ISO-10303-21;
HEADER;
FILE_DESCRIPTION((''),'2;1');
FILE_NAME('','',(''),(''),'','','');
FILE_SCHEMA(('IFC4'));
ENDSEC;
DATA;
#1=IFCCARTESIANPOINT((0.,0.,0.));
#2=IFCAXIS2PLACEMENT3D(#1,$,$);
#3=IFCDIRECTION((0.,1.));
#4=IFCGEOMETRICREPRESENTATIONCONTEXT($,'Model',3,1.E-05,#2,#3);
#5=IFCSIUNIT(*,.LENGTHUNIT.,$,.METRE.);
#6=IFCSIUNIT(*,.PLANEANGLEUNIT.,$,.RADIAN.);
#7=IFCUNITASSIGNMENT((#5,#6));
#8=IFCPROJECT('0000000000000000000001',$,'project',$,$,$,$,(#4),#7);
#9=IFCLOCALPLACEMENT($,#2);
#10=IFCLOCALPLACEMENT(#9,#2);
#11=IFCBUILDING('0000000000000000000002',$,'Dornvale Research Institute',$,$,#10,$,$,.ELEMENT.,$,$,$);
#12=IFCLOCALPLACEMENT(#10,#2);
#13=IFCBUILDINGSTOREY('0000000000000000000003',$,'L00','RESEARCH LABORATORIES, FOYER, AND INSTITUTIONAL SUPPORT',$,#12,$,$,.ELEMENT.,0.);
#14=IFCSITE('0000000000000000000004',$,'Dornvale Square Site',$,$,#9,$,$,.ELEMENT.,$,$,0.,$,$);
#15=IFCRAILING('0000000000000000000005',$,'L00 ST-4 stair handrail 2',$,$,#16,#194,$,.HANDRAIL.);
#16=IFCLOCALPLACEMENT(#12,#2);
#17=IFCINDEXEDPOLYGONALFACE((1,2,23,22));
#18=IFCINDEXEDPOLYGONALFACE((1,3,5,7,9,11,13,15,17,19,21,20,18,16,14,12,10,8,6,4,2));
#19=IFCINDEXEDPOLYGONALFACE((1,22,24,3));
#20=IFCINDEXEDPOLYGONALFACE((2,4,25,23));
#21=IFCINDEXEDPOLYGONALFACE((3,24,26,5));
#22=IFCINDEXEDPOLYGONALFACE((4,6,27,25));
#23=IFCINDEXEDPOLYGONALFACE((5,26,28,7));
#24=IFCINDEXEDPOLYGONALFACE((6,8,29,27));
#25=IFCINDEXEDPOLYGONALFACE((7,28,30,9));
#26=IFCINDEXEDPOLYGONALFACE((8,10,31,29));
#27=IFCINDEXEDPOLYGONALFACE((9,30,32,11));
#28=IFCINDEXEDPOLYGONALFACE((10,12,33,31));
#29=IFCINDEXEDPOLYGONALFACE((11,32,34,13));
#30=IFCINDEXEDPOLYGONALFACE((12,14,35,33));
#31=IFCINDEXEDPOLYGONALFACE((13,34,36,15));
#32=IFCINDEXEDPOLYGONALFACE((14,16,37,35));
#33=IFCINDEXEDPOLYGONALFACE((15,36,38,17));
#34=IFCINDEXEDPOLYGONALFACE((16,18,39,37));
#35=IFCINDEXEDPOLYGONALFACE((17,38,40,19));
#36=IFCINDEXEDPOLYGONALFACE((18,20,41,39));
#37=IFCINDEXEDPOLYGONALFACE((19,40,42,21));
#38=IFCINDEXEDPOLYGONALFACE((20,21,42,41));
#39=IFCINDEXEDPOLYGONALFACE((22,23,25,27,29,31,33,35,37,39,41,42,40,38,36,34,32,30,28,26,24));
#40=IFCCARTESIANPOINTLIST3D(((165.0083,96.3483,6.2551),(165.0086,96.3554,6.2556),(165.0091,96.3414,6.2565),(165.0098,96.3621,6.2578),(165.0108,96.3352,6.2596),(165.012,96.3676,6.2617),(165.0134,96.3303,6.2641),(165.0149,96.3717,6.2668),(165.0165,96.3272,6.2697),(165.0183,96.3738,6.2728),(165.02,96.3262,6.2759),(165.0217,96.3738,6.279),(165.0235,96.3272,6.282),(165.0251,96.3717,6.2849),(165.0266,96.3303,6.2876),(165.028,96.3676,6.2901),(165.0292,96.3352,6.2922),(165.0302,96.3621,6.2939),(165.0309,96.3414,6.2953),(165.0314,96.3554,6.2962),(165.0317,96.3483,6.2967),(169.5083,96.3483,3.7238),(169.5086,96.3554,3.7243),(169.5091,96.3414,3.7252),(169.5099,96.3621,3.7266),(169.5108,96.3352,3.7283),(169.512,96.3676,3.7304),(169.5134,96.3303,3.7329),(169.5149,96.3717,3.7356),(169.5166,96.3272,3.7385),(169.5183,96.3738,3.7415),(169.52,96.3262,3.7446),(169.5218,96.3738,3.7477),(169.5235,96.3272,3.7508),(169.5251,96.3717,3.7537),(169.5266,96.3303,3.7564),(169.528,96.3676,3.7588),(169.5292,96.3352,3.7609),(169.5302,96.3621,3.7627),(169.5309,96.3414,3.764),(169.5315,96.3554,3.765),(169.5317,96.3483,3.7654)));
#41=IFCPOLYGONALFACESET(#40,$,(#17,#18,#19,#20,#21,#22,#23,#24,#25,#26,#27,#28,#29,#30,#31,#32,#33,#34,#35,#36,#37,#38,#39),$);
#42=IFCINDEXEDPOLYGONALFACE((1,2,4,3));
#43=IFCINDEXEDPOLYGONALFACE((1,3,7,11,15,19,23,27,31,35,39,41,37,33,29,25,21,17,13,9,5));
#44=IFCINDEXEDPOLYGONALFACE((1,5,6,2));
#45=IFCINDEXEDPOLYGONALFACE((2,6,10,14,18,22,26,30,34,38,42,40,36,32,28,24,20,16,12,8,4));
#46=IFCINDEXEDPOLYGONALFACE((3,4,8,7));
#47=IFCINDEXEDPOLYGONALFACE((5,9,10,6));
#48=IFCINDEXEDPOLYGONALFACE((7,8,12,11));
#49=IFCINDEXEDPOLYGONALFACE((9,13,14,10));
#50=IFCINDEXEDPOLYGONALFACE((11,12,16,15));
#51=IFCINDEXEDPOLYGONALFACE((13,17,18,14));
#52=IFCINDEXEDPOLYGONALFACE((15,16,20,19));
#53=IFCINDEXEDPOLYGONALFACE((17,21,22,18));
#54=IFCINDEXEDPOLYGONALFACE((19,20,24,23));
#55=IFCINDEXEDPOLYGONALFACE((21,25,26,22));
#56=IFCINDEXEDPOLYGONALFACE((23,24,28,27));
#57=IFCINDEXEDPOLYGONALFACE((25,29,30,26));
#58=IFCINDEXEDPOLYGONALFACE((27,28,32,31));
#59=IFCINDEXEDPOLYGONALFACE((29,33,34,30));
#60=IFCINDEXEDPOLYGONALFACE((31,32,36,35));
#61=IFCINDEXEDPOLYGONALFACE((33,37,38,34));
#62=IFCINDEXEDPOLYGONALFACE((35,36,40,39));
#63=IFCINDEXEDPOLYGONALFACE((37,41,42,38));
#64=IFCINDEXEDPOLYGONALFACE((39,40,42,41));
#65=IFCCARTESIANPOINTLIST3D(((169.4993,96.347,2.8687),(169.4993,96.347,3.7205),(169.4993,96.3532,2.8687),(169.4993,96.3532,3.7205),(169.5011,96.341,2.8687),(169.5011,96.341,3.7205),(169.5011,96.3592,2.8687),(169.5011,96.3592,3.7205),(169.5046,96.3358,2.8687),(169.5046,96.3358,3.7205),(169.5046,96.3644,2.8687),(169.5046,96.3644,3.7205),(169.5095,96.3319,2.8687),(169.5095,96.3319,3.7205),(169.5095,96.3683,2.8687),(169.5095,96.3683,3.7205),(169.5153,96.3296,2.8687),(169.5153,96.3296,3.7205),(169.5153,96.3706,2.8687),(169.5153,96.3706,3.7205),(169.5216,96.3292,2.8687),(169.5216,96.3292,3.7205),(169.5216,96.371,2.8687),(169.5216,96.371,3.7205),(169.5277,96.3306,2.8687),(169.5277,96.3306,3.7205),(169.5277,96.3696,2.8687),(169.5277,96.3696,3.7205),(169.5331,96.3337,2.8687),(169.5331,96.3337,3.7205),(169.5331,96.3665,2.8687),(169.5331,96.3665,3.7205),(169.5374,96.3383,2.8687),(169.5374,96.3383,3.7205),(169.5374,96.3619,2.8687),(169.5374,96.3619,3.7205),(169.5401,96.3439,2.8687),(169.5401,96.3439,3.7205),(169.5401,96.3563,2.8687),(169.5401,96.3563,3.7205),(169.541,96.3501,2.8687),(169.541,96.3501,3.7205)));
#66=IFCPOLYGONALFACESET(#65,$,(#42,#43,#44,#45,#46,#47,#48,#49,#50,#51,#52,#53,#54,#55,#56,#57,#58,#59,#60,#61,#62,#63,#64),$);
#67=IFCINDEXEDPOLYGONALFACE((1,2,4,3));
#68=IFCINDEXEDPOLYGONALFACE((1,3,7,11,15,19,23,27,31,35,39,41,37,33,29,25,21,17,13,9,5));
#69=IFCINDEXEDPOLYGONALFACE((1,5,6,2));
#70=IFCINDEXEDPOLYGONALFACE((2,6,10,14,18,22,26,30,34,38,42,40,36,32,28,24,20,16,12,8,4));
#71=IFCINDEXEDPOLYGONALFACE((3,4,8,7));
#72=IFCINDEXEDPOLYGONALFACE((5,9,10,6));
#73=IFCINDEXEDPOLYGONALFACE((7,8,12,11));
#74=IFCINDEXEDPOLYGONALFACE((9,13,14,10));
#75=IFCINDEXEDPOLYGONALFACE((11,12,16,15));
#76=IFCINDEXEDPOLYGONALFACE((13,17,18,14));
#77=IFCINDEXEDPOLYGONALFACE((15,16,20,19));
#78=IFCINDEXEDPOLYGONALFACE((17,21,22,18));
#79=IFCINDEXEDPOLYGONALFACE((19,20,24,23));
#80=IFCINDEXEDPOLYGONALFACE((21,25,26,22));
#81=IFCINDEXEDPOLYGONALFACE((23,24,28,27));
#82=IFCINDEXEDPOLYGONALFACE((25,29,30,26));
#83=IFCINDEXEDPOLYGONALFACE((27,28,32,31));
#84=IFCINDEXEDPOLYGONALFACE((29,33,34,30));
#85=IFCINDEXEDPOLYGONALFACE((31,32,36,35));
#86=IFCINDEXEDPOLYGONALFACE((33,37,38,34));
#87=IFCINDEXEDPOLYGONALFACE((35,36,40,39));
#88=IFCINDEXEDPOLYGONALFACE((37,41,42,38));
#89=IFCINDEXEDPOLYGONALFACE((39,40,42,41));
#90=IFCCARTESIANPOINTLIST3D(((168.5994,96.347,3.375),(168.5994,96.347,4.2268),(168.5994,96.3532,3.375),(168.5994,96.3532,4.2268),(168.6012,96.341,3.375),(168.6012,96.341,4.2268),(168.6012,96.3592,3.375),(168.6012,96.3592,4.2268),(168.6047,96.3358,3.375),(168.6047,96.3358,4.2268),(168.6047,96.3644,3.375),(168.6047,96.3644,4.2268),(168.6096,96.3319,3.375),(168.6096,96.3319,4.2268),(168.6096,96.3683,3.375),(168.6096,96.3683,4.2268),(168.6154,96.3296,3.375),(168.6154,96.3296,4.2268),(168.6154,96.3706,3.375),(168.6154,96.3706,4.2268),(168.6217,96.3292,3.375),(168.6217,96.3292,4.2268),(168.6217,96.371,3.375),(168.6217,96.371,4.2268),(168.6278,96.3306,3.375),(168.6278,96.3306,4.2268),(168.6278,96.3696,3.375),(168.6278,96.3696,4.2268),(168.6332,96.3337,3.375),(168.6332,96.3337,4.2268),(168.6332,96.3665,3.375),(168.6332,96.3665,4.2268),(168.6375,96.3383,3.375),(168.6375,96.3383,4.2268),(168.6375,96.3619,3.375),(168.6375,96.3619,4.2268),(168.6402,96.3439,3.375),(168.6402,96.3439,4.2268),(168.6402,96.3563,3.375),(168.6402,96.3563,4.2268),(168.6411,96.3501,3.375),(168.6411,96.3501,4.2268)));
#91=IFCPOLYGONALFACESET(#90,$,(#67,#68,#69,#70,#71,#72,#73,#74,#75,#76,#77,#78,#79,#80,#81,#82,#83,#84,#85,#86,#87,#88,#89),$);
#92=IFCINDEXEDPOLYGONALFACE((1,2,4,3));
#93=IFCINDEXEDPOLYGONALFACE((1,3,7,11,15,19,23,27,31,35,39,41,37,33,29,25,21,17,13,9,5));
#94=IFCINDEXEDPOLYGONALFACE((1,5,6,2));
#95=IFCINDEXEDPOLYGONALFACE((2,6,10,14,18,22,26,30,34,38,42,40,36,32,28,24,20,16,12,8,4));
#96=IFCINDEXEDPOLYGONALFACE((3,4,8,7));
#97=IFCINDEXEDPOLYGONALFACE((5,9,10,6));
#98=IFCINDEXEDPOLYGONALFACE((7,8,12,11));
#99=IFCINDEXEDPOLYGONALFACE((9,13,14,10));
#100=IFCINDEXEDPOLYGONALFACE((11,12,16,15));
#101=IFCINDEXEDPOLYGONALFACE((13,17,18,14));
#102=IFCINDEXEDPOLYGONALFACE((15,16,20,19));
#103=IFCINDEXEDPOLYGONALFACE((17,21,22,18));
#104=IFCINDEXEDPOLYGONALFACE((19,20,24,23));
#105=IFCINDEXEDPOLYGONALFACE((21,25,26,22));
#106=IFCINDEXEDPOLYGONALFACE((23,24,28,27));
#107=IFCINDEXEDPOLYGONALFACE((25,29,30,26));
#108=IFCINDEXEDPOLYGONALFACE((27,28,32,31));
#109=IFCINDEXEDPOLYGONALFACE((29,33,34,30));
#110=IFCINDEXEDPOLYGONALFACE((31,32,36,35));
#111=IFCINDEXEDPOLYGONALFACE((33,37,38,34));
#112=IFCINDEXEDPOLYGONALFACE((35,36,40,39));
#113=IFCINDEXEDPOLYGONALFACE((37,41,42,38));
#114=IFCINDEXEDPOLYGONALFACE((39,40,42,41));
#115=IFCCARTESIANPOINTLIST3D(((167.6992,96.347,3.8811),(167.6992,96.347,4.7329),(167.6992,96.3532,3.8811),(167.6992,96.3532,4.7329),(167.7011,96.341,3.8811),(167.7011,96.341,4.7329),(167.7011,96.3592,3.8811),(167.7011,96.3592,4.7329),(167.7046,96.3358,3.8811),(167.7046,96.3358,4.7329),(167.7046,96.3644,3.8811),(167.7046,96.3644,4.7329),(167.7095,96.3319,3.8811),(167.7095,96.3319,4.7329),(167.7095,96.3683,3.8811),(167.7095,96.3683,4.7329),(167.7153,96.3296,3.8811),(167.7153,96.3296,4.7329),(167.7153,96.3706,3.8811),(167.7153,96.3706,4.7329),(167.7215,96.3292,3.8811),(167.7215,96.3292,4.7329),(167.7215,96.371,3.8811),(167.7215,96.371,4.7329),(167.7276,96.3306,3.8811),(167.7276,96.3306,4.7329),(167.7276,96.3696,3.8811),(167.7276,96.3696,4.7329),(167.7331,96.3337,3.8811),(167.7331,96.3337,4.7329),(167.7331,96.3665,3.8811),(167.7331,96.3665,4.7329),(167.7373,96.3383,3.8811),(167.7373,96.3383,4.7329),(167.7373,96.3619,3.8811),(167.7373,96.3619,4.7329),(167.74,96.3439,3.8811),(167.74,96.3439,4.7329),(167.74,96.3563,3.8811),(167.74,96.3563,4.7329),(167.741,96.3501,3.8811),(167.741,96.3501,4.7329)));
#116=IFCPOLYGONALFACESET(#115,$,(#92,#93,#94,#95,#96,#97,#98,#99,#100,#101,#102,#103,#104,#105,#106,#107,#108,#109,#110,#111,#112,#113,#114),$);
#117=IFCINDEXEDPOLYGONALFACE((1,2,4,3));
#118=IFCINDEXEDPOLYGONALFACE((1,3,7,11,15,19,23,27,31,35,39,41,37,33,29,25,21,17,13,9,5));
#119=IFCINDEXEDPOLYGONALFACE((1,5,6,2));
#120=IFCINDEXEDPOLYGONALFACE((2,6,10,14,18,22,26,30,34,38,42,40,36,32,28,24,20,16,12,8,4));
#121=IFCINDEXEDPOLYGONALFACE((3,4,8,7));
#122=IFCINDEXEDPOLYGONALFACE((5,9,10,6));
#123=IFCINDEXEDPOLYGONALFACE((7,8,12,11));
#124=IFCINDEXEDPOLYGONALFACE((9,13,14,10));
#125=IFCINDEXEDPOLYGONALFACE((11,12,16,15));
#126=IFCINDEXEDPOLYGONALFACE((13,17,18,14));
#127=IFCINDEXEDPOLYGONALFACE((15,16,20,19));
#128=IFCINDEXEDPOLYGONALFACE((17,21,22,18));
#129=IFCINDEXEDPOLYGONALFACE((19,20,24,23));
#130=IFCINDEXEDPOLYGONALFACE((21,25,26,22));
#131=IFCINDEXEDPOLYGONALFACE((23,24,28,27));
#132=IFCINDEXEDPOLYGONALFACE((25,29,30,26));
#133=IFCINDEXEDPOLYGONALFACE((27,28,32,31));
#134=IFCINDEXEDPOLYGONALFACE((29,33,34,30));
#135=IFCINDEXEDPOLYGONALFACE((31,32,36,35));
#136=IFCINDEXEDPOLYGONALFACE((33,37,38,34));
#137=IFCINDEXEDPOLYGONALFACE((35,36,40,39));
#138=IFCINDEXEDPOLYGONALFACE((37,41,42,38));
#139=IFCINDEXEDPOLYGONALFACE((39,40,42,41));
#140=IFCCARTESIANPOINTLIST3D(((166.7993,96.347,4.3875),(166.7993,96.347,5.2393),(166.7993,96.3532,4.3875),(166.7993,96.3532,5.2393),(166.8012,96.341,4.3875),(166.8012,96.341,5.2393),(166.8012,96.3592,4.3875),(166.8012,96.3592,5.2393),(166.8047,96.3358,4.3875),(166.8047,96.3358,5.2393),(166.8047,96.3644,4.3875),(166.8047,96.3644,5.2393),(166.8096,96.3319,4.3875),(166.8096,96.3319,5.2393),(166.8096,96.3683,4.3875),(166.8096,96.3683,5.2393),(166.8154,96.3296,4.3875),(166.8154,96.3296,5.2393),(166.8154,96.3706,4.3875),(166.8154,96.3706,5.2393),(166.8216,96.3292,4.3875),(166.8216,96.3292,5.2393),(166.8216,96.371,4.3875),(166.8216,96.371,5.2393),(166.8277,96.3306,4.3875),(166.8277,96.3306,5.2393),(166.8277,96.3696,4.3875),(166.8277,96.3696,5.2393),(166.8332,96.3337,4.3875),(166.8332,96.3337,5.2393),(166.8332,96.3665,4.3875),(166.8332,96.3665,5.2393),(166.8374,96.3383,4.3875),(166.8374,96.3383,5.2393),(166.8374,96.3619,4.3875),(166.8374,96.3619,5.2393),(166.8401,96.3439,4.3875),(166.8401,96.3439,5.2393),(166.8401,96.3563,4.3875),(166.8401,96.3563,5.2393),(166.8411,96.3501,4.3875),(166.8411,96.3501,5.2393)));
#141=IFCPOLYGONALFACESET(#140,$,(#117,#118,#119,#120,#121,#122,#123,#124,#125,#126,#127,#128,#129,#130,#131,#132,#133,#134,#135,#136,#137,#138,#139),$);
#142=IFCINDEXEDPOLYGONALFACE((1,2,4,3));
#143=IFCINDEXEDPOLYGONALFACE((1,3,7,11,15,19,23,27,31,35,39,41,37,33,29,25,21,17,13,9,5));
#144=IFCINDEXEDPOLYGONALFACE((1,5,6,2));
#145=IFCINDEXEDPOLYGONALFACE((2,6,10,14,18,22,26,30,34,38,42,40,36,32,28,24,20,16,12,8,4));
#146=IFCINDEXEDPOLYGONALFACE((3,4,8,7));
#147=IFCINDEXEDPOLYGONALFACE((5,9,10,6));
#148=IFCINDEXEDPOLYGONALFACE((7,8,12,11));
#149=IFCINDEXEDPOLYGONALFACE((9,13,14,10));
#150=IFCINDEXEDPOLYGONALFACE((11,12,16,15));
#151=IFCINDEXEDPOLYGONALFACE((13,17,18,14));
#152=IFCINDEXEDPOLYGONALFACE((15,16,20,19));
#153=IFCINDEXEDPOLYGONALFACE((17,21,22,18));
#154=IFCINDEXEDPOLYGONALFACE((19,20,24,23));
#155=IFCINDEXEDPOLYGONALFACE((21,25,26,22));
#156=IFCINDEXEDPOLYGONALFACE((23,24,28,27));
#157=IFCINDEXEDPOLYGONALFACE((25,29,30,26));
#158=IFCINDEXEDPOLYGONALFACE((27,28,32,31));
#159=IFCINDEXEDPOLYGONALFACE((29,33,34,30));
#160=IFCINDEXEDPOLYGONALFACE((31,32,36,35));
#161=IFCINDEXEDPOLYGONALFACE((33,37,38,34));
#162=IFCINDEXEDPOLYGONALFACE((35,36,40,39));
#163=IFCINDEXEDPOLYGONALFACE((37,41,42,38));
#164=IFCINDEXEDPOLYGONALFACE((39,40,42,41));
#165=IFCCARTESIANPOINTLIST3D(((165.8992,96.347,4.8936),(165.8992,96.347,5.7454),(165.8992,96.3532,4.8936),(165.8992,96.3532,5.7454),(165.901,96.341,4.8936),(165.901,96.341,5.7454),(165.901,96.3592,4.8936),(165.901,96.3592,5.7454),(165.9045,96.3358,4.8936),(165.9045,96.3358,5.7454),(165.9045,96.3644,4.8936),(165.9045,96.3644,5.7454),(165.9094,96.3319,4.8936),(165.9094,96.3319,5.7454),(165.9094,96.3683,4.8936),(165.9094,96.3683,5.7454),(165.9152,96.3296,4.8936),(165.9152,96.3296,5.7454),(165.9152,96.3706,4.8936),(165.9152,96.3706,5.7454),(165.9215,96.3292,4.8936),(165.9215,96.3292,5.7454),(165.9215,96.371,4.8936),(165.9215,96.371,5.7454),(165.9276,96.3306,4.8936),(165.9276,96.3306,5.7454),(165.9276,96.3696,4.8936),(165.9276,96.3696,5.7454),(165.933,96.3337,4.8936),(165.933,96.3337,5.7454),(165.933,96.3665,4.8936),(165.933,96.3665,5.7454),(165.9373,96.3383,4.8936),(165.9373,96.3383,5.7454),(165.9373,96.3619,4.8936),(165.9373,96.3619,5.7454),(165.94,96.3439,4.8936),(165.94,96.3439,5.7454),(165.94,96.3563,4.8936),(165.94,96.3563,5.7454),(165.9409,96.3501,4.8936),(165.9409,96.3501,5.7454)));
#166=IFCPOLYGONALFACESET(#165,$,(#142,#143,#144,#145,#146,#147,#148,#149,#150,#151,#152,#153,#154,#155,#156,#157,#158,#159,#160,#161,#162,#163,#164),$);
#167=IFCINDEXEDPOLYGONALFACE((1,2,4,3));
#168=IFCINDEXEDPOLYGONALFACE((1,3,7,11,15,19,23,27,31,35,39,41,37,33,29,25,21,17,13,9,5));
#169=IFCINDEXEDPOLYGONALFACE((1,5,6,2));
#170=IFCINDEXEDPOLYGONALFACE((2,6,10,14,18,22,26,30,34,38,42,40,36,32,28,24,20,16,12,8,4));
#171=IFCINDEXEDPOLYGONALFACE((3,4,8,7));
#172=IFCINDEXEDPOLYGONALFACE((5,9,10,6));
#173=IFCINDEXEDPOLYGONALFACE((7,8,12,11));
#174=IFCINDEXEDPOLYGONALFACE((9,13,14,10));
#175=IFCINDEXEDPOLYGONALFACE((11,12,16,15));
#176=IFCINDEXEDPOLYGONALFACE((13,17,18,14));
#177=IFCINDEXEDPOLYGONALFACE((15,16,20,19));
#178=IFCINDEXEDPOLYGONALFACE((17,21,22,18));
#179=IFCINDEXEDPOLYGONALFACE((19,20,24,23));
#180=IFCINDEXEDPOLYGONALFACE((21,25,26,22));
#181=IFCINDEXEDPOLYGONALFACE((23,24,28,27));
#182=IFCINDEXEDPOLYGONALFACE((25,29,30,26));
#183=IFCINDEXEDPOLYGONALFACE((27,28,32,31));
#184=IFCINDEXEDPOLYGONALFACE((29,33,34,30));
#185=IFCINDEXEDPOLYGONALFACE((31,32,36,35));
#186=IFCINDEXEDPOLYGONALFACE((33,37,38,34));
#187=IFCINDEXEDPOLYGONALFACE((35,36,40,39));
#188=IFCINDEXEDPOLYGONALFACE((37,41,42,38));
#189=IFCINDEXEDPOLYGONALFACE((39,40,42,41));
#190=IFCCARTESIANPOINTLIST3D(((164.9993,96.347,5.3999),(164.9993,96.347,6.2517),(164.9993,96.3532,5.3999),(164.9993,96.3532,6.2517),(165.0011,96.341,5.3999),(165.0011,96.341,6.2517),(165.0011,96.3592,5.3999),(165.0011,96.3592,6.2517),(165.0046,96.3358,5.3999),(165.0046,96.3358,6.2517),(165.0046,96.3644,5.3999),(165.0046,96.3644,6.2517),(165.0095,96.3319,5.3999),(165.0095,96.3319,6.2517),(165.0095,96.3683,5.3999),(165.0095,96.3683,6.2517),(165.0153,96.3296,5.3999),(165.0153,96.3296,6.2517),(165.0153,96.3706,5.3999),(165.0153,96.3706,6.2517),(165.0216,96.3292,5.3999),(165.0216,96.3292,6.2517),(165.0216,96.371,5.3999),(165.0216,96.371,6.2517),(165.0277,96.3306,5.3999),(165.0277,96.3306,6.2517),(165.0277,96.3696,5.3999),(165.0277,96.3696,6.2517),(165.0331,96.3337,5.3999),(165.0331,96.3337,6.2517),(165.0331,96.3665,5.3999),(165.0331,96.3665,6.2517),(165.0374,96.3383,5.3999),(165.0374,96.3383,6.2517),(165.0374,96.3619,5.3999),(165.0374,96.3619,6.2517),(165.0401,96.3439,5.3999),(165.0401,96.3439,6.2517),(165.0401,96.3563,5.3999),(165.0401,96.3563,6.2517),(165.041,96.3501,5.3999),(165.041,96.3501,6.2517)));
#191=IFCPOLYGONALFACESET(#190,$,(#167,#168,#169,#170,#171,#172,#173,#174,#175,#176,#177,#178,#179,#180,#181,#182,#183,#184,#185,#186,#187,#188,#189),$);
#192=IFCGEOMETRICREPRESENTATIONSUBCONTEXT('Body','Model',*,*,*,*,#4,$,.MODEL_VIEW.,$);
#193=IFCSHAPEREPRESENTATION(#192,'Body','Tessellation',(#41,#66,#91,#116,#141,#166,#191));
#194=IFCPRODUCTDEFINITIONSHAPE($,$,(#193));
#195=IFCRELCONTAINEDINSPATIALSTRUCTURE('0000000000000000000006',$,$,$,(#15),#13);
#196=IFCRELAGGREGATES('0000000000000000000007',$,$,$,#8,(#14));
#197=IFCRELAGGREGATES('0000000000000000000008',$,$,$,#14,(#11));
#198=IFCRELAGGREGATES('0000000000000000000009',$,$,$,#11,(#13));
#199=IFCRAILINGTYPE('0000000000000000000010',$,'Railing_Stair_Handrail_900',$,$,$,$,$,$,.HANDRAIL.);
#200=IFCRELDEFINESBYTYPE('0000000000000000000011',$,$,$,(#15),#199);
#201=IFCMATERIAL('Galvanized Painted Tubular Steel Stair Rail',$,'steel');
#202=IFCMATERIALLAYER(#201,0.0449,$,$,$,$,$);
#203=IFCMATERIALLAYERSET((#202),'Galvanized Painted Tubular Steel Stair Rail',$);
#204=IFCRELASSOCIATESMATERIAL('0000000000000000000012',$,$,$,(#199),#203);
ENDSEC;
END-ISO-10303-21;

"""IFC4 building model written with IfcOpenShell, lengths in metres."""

from ifc_helpers import new_model, si_unit, direction, frame, origin, origin_2d, place, context, subcontext, project, spatial, circle, extrude, material, layer, layer_set, type_object, element, save


model = new_model("IFC4")

# Units and contexts
model_context = context("Model", 3, precision=1e-05, world=origin(), true_north=direction((0.0, 1.0)))
body_context = subcontext(model_context, "Body", "Model", "MODEL_VIEW")
ifc_project = project(units=[si_unit("LENGTHUNIT", "METRE"), si_unit("PLANEANGLEUNIT", "RADIAN")], contexts=[model_context])

# Site, building, storey
site_placement = place(None, origin())
site = spatial("IfcSite", under=ifc_project, at=site_placement, Name="Dornvale Square Site", CompositionType="ELEMENT", RefElevation=0.0)
building_placement = place(site_placement, origin())
building = spatial("IfcBuilding", under=site, at=building_placement, Name="Dornvale Research Institute", CompositionType="ELEMENT")
storey_placement = place(building_placement, origin())
storey = spatial("IfcBuildingStorey", under=building, at=storey_placement, Name="L00", Description="RESEARCH LABORATORIES, FOYER, AND INSTITUTIONAL SUPPORT", CompositionType="ELEMENT", Elevation=0.0)

# Railing
ifc_material_1 = material(Name="Galvanized Painted Tubular Steel Stair Rail", Category="steel")
ifc_layer_1 = layer(ifc_material_1, 0.0449)
ifc_layer_set_1 = layer_set([ifc_layer_1], Name="Galvanized Painted Tubular Steel Stair Rail")
railing_type_1 = type_object("IfcRailingType", Name="Railing_Stair_Handrail_900", PredefinedType="HANDRAIL", material=ifc_layer_set_1)
railing_1_placement = place(storey_placement, frame((169.52, 96.3501, 2.8687)))
element("IfcRailing", 1, at=railing_1_placement, inside=storey, type_object=railing_type_1, Name="L00 ST-4 stair handrail 2", PredefinedType="HANDRAIL", context=body_context, shape_type="SweptSolid", body=[
    extrude(circle(Radius=0.0239, at=origin_2d()), frame((0.0, 0.0, 0.876), z_axis=(-0.871576, 0.0, 0.490261), x_axis=(0.0, -1.0, 0.0)), (0.0, 0.0, 1.0), 5.1631),
    extrude(circle(Radius=0.021, at=origin_2d()), origin(), (0.0, 0.0, 1.0), 0.8518),
    extrude(circle(Radius=0.021, at=origin_2d()), frame((-0.8999, 0.0, 0.5063)), (0.0, 0.0, 1.0), 0.8518),
    extrude(circle(Radius=0.021, at=origin_2d()), frame((-1.8, 0.0, 1.0125)), (0.0, 0.0, 1.0), 0.8518),
    extrude(circle(Radius=0.021, at=origin_2d()), frame((-2.7, 0.0, 1.5188)), (0.0, 0.0, 1.0), 0.8518),
    extrude(circle(Radius=0.021, at=origin_2d()), frame((-3.6001, 0.0, 2.0249)), (0.0, 0.0, 1.0), 0.8518),
    extrude(circle(Radius=0.021, at=origin_2d()), frame((-4.5, 0.0, 2.5312)), (0.0, 0.0, 1.0), 0.8518),
])

save(model, "model.ifc")
